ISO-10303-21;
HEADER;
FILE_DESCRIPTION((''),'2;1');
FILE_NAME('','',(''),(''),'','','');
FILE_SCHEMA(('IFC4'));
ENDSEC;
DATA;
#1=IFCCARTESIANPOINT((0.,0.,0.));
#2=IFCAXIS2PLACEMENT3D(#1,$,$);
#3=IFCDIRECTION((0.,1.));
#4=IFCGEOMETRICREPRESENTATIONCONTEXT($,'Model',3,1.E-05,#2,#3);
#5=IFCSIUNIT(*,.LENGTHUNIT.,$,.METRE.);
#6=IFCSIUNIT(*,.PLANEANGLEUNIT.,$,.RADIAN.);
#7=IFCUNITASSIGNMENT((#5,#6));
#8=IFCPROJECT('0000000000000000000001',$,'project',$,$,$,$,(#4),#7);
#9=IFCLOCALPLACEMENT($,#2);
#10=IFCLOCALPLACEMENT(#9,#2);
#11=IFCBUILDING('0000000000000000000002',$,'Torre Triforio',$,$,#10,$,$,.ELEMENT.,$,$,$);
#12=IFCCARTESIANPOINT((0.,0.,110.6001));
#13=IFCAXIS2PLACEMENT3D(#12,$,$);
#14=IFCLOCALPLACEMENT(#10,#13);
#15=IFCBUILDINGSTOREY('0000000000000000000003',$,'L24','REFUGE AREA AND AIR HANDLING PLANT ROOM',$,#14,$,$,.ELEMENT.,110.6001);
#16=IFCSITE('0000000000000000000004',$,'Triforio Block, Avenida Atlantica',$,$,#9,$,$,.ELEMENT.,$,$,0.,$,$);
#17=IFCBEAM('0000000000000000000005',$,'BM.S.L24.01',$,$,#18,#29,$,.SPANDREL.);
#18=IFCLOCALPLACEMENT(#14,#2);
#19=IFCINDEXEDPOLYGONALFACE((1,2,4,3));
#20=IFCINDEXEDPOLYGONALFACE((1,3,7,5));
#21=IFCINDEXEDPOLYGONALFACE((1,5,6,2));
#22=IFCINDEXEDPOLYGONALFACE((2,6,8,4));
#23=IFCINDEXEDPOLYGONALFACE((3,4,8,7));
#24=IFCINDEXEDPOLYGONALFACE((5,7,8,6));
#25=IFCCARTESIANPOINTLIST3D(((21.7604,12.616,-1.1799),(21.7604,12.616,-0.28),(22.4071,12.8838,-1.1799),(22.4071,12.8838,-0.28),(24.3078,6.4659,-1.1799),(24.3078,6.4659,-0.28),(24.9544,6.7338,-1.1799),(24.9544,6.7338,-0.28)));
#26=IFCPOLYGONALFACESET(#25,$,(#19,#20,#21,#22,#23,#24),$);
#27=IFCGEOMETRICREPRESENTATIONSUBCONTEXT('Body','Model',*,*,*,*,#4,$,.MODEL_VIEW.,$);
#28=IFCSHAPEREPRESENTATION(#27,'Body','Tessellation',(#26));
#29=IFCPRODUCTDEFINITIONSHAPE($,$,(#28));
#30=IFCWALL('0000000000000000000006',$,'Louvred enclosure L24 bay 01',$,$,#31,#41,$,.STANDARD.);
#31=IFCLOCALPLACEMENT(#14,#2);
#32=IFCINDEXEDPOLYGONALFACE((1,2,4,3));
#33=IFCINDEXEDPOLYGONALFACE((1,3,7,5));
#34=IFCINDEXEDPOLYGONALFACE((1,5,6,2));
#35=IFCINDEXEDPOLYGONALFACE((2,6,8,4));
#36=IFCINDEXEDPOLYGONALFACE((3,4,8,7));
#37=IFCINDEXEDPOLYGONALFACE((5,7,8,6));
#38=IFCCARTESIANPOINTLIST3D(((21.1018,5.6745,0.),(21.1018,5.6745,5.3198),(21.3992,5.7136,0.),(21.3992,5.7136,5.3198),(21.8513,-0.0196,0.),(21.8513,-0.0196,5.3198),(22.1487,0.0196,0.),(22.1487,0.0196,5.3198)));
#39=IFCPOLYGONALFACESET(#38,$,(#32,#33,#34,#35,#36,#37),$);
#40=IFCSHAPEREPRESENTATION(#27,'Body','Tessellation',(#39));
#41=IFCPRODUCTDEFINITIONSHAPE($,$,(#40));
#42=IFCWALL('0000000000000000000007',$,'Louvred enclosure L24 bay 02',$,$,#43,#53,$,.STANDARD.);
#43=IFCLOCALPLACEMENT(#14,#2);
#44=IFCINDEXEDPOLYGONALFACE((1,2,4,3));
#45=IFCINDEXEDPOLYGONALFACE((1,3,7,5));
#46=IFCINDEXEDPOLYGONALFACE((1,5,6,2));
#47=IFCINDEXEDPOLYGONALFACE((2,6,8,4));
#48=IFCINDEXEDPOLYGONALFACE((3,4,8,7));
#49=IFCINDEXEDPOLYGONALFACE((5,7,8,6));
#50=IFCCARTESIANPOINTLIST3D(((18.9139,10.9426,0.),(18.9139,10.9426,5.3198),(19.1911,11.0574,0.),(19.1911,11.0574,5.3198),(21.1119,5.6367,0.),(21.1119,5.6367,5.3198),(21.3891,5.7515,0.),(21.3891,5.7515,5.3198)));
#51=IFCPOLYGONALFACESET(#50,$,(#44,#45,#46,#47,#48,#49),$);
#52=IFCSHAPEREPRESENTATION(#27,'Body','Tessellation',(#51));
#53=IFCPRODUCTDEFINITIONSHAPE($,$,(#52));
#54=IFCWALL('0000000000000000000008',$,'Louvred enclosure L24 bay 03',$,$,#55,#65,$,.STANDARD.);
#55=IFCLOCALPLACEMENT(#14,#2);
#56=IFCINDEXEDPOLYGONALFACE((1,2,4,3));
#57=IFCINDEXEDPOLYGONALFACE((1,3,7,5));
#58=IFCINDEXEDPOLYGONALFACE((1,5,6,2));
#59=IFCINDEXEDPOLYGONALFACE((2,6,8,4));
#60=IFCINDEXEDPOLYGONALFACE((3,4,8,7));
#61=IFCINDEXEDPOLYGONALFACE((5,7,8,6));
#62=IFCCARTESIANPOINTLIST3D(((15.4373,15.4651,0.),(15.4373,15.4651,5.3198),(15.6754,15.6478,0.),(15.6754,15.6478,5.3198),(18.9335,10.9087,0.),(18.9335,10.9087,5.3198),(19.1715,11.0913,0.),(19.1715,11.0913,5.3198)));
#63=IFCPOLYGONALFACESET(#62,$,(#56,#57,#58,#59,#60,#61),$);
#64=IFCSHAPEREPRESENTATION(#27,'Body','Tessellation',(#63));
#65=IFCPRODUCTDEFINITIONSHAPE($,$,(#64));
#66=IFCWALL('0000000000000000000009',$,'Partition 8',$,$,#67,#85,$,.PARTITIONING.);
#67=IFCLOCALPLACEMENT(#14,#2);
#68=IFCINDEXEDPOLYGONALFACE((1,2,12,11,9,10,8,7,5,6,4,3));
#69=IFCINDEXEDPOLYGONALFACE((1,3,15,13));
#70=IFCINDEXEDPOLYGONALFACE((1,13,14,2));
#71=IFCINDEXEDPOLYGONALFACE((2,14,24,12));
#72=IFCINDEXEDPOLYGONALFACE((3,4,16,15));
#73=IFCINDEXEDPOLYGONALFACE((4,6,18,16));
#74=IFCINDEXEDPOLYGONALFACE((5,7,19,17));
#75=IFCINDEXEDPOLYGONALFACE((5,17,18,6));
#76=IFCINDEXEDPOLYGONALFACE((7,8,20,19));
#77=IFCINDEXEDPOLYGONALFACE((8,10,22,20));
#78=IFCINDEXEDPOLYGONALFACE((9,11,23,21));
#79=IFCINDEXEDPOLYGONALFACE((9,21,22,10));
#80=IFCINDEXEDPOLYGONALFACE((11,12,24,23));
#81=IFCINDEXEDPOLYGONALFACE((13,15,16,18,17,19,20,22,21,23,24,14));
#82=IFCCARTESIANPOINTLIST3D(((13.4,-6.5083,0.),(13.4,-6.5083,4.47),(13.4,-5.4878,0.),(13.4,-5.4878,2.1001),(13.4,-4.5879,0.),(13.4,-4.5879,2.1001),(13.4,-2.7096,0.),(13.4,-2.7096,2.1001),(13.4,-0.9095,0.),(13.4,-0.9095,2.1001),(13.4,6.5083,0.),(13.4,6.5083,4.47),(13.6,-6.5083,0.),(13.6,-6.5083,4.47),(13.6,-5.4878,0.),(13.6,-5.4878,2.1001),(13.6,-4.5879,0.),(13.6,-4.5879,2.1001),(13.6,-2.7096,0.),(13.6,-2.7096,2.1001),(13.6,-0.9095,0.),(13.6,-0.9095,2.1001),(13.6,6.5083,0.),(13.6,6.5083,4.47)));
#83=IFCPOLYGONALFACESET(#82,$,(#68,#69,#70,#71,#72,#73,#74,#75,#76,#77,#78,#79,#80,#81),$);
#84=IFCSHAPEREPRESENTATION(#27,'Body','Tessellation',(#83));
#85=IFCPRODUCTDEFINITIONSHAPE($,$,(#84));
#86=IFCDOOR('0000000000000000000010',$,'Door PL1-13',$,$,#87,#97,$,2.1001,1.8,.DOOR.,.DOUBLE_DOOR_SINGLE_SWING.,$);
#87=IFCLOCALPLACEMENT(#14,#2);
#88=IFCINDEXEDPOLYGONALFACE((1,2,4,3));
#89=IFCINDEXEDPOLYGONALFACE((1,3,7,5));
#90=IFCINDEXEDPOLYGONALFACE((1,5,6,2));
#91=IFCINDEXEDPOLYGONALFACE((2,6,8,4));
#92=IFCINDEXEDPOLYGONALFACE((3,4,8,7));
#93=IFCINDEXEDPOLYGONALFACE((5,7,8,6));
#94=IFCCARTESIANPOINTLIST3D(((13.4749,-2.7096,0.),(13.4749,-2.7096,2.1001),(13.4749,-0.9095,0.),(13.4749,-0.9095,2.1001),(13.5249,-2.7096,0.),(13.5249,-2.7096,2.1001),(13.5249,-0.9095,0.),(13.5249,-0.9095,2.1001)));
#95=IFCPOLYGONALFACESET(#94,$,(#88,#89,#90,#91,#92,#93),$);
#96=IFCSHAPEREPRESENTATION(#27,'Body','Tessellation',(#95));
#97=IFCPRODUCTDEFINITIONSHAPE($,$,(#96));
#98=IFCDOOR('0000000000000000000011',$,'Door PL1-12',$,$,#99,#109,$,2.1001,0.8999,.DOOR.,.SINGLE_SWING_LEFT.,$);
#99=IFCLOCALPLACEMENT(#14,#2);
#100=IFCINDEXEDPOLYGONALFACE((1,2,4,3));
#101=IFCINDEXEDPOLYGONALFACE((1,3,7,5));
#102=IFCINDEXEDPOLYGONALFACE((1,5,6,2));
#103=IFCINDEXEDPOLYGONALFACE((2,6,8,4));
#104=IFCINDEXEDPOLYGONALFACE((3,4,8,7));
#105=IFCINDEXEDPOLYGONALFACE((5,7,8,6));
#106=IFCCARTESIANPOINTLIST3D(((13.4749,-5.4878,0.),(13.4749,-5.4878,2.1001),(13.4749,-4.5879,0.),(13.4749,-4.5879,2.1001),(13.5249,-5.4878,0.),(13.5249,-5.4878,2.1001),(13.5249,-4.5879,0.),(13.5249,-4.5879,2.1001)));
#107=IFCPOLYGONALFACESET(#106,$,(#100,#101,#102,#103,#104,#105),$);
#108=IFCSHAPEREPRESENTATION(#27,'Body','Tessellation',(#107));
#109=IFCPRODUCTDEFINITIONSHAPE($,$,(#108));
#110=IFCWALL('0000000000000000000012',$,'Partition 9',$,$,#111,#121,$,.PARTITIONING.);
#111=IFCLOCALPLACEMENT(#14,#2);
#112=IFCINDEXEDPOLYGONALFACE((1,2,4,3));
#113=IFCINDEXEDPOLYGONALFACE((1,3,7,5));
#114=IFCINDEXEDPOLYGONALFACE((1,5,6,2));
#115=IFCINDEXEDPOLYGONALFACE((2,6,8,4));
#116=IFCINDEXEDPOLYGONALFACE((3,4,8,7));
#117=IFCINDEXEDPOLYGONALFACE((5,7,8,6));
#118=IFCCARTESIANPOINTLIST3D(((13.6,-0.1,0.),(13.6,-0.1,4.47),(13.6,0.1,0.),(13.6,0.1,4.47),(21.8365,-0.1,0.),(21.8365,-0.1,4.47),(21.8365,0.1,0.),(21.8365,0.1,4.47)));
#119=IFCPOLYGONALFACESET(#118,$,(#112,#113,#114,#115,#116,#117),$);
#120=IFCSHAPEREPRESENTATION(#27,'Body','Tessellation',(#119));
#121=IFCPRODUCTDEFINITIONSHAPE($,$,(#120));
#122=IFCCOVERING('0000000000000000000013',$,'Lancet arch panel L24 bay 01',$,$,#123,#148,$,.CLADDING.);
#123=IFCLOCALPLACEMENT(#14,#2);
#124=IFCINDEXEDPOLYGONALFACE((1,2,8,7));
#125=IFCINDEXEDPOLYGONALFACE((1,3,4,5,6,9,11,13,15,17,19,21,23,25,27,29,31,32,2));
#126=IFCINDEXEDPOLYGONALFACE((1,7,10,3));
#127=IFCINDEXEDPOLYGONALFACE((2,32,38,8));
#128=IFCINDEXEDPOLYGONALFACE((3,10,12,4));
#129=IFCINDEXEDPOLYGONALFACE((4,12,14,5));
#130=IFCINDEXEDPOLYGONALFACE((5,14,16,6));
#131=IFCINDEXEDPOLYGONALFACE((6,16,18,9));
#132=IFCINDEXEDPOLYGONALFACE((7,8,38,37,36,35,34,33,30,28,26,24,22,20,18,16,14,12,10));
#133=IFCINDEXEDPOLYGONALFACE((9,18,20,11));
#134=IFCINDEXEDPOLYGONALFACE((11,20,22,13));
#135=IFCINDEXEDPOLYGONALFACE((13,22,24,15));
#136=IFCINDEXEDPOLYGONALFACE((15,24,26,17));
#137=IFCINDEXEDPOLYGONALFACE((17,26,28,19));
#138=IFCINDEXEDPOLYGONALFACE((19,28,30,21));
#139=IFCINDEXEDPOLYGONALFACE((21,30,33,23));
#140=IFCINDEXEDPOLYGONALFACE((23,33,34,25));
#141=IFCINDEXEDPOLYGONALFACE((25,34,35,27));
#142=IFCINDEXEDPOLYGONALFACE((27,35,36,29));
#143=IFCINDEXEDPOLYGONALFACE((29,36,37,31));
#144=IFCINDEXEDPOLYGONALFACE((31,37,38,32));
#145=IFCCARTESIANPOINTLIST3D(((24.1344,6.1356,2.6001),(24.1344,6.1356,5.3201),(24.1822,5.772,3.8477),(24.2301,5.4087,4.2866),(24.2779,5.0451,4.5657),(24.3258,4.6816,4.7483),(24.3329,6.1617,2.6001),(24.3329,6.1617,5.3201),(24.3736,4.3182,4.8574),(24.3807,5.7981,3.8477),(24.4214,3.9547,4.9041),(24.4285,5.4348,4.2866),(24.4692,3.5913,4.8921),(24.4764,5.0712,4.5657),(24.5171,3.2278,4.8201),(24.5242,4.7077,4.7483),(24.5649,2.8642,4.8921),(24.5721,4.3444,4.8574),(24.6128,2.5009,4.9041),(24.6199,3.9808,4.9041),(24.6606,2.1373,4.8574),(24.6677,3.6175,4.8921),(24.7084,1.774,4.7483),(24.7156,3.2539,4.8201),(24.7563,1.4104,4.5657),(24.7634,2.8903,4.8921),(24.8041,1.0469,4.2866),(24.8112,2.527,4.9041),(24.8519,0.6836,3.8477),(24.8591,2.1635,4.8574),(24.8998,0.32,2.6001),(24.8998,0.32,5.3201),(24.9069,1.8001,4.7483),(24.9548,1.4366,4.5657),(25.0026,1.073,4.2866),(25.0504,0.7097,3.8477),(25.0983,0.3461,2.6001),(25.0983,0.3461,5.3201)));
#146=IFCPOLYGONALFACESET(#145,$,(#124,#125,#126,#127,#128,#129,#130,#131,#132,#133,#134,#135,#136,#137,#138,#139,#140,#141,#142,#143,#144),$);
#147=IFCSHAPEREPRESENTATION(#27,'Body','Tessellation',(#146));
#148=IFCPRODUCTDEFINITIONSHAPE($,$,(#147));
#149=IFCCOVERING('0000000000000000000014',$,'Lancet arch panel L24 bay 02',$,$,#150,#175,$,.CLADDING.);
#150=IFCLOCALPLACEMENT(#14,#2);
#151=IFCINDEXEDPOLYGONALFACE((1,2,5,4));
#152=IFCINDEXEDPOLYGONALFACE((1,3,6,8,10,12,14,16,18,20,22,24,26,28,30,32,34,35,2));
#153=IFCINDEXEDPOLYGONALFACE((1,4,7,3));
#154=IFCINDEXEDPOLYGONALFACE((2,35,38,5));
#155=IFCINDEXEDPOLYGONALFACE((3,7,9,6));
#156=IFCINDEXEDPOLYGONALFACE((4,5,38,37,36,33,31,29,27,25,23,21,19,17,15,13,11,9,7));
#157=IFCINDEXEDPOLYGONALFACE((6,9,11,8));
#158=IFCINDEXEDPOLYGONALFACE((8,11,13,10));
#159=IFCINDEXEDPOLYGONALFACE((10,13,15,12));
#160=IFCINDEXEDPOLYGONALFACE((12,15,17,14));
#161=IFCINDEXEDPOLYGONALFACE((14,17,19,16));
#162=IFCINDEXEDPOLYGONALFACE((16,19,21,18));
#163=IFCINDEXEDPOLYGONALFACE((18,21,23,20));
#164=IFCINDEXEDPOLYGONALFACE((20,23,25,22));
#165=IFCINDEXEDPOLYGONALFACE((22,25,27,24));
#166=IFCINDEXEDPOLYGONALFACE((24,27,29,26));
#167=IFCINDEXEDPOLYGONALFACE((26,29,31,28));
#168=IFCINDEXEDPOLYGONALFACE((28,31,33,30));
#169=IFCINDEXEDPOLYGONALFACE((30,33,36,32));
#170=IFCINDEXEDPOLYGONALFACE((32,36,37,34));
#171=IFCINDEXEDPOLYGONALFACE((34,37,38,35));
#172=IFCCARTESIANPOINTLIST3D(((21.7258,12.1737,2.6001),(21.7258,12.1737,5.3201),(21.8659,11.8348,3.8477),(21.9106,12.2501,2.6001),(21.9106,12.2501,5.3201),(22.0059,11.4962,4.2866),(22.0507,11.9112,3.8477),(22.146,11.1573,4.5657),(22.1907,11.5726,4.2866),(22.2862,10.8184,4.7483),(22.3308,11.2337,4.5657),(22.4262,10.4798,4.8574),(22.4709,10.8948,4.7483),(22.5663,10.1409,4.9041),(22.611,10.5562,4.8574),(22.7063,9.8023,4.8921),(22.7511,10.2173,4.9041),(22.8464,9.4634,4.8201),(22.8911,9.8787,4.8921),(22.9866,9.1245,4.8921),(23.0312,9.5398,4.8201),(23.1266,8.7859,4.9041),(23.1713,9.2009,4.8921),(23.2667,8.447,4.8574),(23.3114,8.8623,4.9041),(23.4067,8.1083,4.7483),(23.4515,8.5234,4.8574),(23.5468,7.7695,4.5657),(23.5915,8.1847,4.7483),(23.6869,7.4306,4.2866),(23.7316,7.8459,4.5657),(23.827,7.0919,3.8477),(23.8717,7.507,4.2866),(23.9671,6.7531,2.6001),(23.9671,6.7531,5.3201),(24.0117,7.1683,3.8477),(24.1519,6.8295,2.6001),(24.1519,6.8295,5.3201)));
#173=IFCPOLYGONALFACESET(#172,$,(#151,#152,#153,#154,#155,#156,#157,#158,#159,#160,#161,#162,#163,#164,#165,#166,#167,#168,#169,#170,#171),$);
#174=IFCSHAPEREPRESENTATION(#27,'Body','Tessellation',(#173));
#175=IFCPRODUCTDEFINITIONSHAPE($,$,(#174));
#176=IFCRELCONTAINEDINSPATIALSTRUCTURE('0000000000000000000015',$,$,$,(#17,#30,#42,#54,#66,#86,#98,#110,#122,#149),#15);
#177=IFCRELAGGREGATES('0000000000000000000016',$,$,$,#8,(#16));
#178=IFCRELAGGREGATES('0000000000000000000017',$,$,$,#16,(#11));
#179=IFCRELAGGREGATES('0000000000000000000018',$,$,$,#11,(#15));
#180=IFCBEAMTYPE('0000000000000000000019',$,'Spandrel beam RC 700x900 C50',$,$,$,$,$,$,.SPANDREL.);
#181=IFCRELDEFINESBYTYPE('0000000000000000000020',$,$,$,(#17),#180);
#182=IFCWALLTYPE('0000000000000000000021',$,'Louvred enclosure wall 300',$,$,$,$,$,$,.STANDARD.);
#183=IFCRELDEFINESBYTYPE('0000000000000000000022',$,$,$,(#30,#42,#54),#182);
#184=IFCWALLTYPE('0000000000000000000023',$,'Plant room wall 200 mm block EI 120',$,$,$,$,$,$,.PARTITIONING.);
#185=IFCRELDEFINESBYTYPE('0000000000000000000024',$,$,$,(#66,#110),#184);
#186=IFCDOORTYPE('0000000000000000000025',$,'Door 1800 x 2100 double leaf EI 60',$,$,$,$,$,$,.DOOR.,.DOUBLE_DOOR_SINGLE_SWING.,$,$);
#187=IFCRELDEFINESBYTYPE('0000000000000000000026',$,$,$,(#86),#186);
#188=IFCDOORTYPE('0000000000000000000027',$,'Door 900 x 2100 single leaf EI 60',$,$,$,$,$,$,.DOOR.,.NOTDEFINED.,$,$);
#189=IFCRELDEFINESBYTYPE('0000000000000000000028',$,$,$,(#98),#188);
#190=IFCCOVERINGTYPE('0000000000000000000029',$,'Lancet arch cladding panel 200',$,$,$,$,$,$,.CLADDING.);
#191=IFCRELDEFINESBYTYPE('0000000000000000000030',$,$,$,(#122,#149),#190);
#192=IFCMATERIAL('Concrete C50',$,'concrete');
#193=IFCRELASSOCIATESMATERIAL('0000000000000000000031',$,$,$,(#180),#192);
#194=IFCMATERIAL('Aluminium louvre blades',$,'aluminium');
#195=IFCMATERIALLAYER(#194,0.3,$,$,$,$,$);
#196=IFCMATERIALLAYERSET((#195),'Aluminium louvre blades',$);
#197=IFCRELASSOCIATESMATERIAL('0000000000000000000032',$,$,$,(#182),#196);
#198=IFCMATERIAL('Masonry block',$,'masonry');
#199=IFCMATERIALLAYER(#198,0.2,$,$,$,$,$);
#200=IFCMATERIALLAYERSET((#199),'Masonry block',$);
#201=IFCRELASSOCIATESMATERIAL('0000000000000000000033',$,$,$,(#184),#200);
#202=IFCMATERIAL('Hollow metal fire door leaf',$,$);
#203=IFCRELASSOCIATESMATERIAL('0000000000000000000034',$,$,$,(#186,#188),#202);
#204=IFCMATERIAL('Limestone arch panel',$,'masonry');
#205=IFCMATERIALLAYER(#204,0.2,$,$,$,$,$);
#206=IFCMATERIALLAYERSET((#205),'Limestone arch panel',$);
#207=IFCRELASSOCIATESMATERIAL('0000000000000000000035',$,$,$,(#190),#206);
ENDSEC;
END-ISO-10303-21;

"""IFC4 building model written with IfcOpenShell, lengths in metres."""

from ifc_helpers import new_model, si_unit, direction, frame, frame_2d, origin, origin_2d, place, context, subcontext, project, spatial, polyline, rectangle, outline, extrude, material, layer, layer_set, material_profile, profile_set, type_object, element, fill, save


model = new_model("IFC4")

# Units and contexts
model_context = context("Model", 3, precision=1e-05, world=origin(), true_north=direction((0.0, 1.0)))
body_context = subcontext(model_context, "Body", "Model", "MODEL_VIEW")
ifc_project = project(units=[si_unit("LENGTHUNIT", "METRE"), si_unit("PLANEANGLEUNIT", "RADIAN")], contexts=[model_context])

# Site, building, storey
site_placement = place(None, origin())
site = spatial("IfcSite", under=ifc_project, at=site_placement, Name="Triforio Block, Avenida Atlantica", CompositionType="ELEMENT", RefElevation=0.0)
building_placement = place(site_placement, origin())
building = spatial("IfcBuilding", under=site, at=building_placement, Name="Torre Triforio", CompositionType="ELEMENT")
storey_placement = place(building_placement, frame((0.0, 0.0, 110.6001)))
storey = spatial("IfcBuildingStorey", under=building, at=storey_placement, Name="L24", Description="REFUGE AREA AND AIR HANDLING PLANT ROOM", CompositionType="ELEMENT", Elevation=110.6001)

# Beam
ifc_material_1 = material(Name="Concrete C50", Category="concrete")
ifc_material_profile_1 = material_profile(ifc_material_1, rectangle(XDim=0.7, YDim=0.8999, at=origin_2d()), Name="RC 700x900")
ifc_profile_set_1 = profile_set([ifc_material_profile_1], Name="Concrete C50")
beam_type = type_object("IfcBeamType", Name="Spandrel beam RC 700x900 C50", PredefinedType="SPANDREL", material=ifc_profile_set_1)
for number, where, z_axis, x_axis, name in (
    (1, (24.6311, 6.5999, -0.73), (-0.382669, 0.923885, 0.0), (-0.923885, -0.382669, 0.0), "BM.S.L24.01"),
):
    element("IfcBeam", number, at=place(storey_placement, frame(where, z_axis=z_axis, x_axis=x_axis)), inside=storey, type_object=beam_type, Name=name, PredefinedType="SPANDREL", context=body_context, shape_type="SweptSolid", body=[
        extrude(rectangle(XDim=0.7, YDim=0.8999, at=origin_2d()), origin(), (0.0, 0.0, 1.0), 6.6567),
    ])

# Walls
ifc_material_2 = material(Name="Aluminium louvre blades", Category="aluminium")
ifc_layer_1 = layer(ifc_material_2, 0.3)
ifc_layer_set_1 = layer_set([ifc_layer_1], Name="Aluminium louvre blades")
wall_type_1 = type_object("IfcWallType", Name="Louvred enclosure wall 300", PredefinedType="STANDARD", material=ifc_layer_set_1)
for number, where, z_axis, x_axis, name in (
    (2, (22.0, 0.0, 0.0), (0.0, 0.0, 1.0), (-0.130504, 0.991448, 0.0), "Louvred enclosure L24 bay 01"),
    (3, (21.2505, 5.6941, 0.0), (0.0, 0.0, 1.0), (-0.382716, 0.923866, 0.0), "Louvred enclosure L24 bay 02"),
    (4, (19.0525, 11.0, 0.0), (0.0, 0.0, 1.0), (-0.608745, 0.793366, 0.0), "Louvred enclosure L24 bay 03"),
):
    element("IfcWall", number, at=place(storey_placement, frame(where, z_axis=z_axis, x_axis=x_axis)), inside=storey, type_object=wall_type_1, Name=name, PredefinedType="STANDARD", context=body_context, shape_type="SweptSolid", body=[
        extrude(rectangle(XDim=5.7432, YDim=0.3, at=frame_2d((2.8716, 0.0))), origin(), (0.0, 0.0, 1.0), 5.3198),
    ])

# Wall, openings, doors
ifc_material_3 = material(Name="Masonry block", Category="masonry")
ifc_layer_2 = layer(ifc_material_3, 0.2)
ifc_layer_set_2 = layer_set([ifc_layer_2], Name="Masonry block")
wall_type_2 = type_object("IfcWallType", Name="Plant room wall 200 mm block EI 120", PredefinedType="PARTITIONING", material=ifc_layer_set_2)
wall_1_placement = place(storey_placement, frame((13.5, 6.5083, 0.0), z_axis=(0.0, 0.0, 1.0), x_axis=(0.0, -1.0, 0.0)))
wall_1 = element("IfcWall", 5, at=wall_1_placement, inside=storey, type_object=wall_type_2, Name="Partition 8", PredefinedType="PARTITIONING", context=body_context, shape_type="SweptSolid", body=[
    extrude(rectangle(XDim=13.0166, YDim=0.2, at=frame_2d((6.5083, 0.0))), origin(), (0.0, 0.0, 1.0), 4.47),
])
opening_1_placement = place(wall_1_placement, frame((11.0962, 0.0, 0.0)))
opening_1 = element("IfcOpeningElement", 6, at=opening_1_placement, cuts=wall_1, PredefinedType="OPENING", context=body_context, shape_type="SweptSolid", body=[
    extrude(rectangle(XDim=0.8999, YDim=2.1001, at=frame_2d((0.45, 1.05))), frame((0.0, 0.1099, 0.0), z_axis=(0.0, -1.0, 0.0), x_axis=(1.0, 0.0, 0.0)), (0.0, 0.0, 1.0), 0.22),
])
opening_2_placement = place(wall_1_placement, frame((7.418, 0.0, 0.0)))
opening_2 = element("IfcOpeningElement", 7, at=opening_2_placement, cuts=wall_1, PredefinedType="OPENING", context=body_context, shape_type="SweptSolid", body=[
    extrude(rectangle(XDim=1.8, YDim=2.1001, at=frame_2d((0.8999, 1.05))), frame((0.0, 0.1099, 0.0), z_axis=(0.0, -1.0, 0.0), x_axis=(1.0, 0.0, 0.0)), (0.0, 0.0, 1.0), 0.22),
])
ifc_material_4 = material(Name="Hollow metal fire door leaf")
door_type_1 = type_object("IfcDoorType", Name="Door 1800 x 2100 double leaf EI 60", OperationType="DOUBLE_DOOR_SINGLE_SWING", PredefinedType="DOOR", material=ifc_material_4)
door_1_placement = place(opening_2_placement, origin())
door_1 = element("IfcDoor", 8, at=door_1_placement, inside=storey, type_object=door_type_1, Name="Door PL1-13", OperationType="DOUBLE_DOOR_SINGLE_SWING", OverallHeight=2.1001, OverallWidth=1.8, PredefinedType="DOOR", context=body_context, shape_type="SweptSolid", body=[
    extrude(rectangle(XDim=1.8, YDim=2.1001, at=frame_2d((0.8999, 1.05))), frame((0.0, 0.0249, 0.0), z_axis=(0.0, -1.0, 0.0), x_axis=(1.0, 0.0, 0.0)), (0.0, 0.0, 1.0), 0.05),
])
fill(opening_2, door_1)
door_type_2 = type_object("IfcDoorType", Name="Door 900 x 2100 single leaf EI 60", OperationType="NOTDEFINED", PredefinedType="DOOR", material=ifc_material_4)
door_2_placement = place(opening_1_placement, origin())
door_2 = element("IfcDoor", 9, at=door_2_placement, inside=storey, type_object=door_type_2, Name="Door PL1-12", OperationType="SINGLE_SWING_LEFT", OverallHeight=2.1001, OverallWidth=0.8999, PredefinedType="DOOR", context=body_context, shape_type="SweptSolid", body=[
    extrude(rectangle(XDim=0.8999, YDim=2.1001, at=frame_2d((0.45, 1.05))), frame((0.0, 0.0249, 0.0), z_axis=(0.0, -1.0, 0.0), x_axis=(1.0, 0.0, 0.0)), (0.0, 0.0, 1.0), 0.05),
])
fill(opening_1, door_2)

# Wall
wall_2_placement = place(storey_placement, frame((13.6001, 0.0, 0.0), z_axis=(0.0, 0.0, 1.0), x_axis=(1.0, 0.0, 0.0)))
element("IfcWall", 10, at=wall_2_placement, inside=storey, type_object=wall_type_2, Name="Partition 9", PredefinedType="PARTITIONING", context=body_context, shape_type="SweptSolid", body=[
    extrude(rectangle(XDim=8.2366, YDim=0.2, at=frame_2d((4.1182, 0.0))), origin(), (0.0, 0.0, 1.0), 4.47),
])

# Coverings
ifc_material_5 = material(Name="Limestone arch panel", Category="masonry")
ifc_layer_3 = layer(ifc_material_5, 0.2)
ifc_layer_set_3 = layer_set([ifc_layer_3], Name="Limestone arch panel")
covering_type_1 = type_object("IfcCoveringType", Name="Lancet arch cladding panel 200", PredefinedType="CLADDING", material=ifc_layer_set_3)
covering_1_placement = place(storey_placement, frame((24.5171, 3.2278, 0.0), z_axis=(0.99145, 0.130486, 0.0), x_axis=(-0.130486, 0.99145, 0.0)))
element("IfcCovering", 11, at=covering_1_placement, inside=storey, type_object=covering_type_1, Name="Lancet arch panel L24 bay 01", PredefinedType="CLADDING", context=body_context, shape_type="SweptSolid", body=[
    extrude(outline(polyline([(-2.9329, 5.3201), (-2.9329, 2.6001), (-2.5662, 3.8477), (-2.1997, 4.2866), (-1.833, 4.5657), (-1.4663, 4.7483), (-1.0999, 4.8574), (-0.7332, 4.9041), (-0.3667, 4.8921), (0.0, 4.8201), (0.3667, 4.8921), (0.7332, 4.9041), (1.0999, 4.8574), (1.4663, 4.7483), (1.833, 4.5657), (2.1997, 4.2866), (2.5662, 3.8477), (2.9329, 2.6001), (2.9329, 5.3201), (-2.9329, 5.3201)])), origin(), (0.0, 0.0, 1.0), 0.2002),
])
covering_2_placement = place(storey_placement, frame((22.8464, 9.4634, 0.0), z_axis=(0.924121, 0.3821, 0.0), x_axis=(-0.3821, 0.924121, 0.0)))
element("IfcCovering", 12, at=covering_2_placement, inside=storey, type_object=covering_type_1, Name="Lancet arch panel L24 bay 02", PredefinedType="CLADDING", context=body_context, shape_type="SweptSolid", body=[
    extrude(outline(polyline([(-2.9329, 5.3201), (-2.9329, 2.6001), (-2.5662, 3.8477), (-2.1997, 4.2866), (-1.833, 4.5657), (-1.4663, 4.7483), (-1.0999, 4.8574), (-0.7332, 4.9041), (-0.3667, 4.8921), (0.0, 4.8201), (0.3667, 4.8921), (0.7332, 4.9041), (1.0999, 4.8574), (1.4663, 4.7483), (1.833, 4.5657), (2.1997, 4.2866), (2.5662, 3.8477), (2.9329, 2.6001), (2.9329, 5.3201), (-2.9329, 5.3201)])), origin(), (0.0, 0.0, 1.0), 0.2),
])

save(model, "model.ifc")
